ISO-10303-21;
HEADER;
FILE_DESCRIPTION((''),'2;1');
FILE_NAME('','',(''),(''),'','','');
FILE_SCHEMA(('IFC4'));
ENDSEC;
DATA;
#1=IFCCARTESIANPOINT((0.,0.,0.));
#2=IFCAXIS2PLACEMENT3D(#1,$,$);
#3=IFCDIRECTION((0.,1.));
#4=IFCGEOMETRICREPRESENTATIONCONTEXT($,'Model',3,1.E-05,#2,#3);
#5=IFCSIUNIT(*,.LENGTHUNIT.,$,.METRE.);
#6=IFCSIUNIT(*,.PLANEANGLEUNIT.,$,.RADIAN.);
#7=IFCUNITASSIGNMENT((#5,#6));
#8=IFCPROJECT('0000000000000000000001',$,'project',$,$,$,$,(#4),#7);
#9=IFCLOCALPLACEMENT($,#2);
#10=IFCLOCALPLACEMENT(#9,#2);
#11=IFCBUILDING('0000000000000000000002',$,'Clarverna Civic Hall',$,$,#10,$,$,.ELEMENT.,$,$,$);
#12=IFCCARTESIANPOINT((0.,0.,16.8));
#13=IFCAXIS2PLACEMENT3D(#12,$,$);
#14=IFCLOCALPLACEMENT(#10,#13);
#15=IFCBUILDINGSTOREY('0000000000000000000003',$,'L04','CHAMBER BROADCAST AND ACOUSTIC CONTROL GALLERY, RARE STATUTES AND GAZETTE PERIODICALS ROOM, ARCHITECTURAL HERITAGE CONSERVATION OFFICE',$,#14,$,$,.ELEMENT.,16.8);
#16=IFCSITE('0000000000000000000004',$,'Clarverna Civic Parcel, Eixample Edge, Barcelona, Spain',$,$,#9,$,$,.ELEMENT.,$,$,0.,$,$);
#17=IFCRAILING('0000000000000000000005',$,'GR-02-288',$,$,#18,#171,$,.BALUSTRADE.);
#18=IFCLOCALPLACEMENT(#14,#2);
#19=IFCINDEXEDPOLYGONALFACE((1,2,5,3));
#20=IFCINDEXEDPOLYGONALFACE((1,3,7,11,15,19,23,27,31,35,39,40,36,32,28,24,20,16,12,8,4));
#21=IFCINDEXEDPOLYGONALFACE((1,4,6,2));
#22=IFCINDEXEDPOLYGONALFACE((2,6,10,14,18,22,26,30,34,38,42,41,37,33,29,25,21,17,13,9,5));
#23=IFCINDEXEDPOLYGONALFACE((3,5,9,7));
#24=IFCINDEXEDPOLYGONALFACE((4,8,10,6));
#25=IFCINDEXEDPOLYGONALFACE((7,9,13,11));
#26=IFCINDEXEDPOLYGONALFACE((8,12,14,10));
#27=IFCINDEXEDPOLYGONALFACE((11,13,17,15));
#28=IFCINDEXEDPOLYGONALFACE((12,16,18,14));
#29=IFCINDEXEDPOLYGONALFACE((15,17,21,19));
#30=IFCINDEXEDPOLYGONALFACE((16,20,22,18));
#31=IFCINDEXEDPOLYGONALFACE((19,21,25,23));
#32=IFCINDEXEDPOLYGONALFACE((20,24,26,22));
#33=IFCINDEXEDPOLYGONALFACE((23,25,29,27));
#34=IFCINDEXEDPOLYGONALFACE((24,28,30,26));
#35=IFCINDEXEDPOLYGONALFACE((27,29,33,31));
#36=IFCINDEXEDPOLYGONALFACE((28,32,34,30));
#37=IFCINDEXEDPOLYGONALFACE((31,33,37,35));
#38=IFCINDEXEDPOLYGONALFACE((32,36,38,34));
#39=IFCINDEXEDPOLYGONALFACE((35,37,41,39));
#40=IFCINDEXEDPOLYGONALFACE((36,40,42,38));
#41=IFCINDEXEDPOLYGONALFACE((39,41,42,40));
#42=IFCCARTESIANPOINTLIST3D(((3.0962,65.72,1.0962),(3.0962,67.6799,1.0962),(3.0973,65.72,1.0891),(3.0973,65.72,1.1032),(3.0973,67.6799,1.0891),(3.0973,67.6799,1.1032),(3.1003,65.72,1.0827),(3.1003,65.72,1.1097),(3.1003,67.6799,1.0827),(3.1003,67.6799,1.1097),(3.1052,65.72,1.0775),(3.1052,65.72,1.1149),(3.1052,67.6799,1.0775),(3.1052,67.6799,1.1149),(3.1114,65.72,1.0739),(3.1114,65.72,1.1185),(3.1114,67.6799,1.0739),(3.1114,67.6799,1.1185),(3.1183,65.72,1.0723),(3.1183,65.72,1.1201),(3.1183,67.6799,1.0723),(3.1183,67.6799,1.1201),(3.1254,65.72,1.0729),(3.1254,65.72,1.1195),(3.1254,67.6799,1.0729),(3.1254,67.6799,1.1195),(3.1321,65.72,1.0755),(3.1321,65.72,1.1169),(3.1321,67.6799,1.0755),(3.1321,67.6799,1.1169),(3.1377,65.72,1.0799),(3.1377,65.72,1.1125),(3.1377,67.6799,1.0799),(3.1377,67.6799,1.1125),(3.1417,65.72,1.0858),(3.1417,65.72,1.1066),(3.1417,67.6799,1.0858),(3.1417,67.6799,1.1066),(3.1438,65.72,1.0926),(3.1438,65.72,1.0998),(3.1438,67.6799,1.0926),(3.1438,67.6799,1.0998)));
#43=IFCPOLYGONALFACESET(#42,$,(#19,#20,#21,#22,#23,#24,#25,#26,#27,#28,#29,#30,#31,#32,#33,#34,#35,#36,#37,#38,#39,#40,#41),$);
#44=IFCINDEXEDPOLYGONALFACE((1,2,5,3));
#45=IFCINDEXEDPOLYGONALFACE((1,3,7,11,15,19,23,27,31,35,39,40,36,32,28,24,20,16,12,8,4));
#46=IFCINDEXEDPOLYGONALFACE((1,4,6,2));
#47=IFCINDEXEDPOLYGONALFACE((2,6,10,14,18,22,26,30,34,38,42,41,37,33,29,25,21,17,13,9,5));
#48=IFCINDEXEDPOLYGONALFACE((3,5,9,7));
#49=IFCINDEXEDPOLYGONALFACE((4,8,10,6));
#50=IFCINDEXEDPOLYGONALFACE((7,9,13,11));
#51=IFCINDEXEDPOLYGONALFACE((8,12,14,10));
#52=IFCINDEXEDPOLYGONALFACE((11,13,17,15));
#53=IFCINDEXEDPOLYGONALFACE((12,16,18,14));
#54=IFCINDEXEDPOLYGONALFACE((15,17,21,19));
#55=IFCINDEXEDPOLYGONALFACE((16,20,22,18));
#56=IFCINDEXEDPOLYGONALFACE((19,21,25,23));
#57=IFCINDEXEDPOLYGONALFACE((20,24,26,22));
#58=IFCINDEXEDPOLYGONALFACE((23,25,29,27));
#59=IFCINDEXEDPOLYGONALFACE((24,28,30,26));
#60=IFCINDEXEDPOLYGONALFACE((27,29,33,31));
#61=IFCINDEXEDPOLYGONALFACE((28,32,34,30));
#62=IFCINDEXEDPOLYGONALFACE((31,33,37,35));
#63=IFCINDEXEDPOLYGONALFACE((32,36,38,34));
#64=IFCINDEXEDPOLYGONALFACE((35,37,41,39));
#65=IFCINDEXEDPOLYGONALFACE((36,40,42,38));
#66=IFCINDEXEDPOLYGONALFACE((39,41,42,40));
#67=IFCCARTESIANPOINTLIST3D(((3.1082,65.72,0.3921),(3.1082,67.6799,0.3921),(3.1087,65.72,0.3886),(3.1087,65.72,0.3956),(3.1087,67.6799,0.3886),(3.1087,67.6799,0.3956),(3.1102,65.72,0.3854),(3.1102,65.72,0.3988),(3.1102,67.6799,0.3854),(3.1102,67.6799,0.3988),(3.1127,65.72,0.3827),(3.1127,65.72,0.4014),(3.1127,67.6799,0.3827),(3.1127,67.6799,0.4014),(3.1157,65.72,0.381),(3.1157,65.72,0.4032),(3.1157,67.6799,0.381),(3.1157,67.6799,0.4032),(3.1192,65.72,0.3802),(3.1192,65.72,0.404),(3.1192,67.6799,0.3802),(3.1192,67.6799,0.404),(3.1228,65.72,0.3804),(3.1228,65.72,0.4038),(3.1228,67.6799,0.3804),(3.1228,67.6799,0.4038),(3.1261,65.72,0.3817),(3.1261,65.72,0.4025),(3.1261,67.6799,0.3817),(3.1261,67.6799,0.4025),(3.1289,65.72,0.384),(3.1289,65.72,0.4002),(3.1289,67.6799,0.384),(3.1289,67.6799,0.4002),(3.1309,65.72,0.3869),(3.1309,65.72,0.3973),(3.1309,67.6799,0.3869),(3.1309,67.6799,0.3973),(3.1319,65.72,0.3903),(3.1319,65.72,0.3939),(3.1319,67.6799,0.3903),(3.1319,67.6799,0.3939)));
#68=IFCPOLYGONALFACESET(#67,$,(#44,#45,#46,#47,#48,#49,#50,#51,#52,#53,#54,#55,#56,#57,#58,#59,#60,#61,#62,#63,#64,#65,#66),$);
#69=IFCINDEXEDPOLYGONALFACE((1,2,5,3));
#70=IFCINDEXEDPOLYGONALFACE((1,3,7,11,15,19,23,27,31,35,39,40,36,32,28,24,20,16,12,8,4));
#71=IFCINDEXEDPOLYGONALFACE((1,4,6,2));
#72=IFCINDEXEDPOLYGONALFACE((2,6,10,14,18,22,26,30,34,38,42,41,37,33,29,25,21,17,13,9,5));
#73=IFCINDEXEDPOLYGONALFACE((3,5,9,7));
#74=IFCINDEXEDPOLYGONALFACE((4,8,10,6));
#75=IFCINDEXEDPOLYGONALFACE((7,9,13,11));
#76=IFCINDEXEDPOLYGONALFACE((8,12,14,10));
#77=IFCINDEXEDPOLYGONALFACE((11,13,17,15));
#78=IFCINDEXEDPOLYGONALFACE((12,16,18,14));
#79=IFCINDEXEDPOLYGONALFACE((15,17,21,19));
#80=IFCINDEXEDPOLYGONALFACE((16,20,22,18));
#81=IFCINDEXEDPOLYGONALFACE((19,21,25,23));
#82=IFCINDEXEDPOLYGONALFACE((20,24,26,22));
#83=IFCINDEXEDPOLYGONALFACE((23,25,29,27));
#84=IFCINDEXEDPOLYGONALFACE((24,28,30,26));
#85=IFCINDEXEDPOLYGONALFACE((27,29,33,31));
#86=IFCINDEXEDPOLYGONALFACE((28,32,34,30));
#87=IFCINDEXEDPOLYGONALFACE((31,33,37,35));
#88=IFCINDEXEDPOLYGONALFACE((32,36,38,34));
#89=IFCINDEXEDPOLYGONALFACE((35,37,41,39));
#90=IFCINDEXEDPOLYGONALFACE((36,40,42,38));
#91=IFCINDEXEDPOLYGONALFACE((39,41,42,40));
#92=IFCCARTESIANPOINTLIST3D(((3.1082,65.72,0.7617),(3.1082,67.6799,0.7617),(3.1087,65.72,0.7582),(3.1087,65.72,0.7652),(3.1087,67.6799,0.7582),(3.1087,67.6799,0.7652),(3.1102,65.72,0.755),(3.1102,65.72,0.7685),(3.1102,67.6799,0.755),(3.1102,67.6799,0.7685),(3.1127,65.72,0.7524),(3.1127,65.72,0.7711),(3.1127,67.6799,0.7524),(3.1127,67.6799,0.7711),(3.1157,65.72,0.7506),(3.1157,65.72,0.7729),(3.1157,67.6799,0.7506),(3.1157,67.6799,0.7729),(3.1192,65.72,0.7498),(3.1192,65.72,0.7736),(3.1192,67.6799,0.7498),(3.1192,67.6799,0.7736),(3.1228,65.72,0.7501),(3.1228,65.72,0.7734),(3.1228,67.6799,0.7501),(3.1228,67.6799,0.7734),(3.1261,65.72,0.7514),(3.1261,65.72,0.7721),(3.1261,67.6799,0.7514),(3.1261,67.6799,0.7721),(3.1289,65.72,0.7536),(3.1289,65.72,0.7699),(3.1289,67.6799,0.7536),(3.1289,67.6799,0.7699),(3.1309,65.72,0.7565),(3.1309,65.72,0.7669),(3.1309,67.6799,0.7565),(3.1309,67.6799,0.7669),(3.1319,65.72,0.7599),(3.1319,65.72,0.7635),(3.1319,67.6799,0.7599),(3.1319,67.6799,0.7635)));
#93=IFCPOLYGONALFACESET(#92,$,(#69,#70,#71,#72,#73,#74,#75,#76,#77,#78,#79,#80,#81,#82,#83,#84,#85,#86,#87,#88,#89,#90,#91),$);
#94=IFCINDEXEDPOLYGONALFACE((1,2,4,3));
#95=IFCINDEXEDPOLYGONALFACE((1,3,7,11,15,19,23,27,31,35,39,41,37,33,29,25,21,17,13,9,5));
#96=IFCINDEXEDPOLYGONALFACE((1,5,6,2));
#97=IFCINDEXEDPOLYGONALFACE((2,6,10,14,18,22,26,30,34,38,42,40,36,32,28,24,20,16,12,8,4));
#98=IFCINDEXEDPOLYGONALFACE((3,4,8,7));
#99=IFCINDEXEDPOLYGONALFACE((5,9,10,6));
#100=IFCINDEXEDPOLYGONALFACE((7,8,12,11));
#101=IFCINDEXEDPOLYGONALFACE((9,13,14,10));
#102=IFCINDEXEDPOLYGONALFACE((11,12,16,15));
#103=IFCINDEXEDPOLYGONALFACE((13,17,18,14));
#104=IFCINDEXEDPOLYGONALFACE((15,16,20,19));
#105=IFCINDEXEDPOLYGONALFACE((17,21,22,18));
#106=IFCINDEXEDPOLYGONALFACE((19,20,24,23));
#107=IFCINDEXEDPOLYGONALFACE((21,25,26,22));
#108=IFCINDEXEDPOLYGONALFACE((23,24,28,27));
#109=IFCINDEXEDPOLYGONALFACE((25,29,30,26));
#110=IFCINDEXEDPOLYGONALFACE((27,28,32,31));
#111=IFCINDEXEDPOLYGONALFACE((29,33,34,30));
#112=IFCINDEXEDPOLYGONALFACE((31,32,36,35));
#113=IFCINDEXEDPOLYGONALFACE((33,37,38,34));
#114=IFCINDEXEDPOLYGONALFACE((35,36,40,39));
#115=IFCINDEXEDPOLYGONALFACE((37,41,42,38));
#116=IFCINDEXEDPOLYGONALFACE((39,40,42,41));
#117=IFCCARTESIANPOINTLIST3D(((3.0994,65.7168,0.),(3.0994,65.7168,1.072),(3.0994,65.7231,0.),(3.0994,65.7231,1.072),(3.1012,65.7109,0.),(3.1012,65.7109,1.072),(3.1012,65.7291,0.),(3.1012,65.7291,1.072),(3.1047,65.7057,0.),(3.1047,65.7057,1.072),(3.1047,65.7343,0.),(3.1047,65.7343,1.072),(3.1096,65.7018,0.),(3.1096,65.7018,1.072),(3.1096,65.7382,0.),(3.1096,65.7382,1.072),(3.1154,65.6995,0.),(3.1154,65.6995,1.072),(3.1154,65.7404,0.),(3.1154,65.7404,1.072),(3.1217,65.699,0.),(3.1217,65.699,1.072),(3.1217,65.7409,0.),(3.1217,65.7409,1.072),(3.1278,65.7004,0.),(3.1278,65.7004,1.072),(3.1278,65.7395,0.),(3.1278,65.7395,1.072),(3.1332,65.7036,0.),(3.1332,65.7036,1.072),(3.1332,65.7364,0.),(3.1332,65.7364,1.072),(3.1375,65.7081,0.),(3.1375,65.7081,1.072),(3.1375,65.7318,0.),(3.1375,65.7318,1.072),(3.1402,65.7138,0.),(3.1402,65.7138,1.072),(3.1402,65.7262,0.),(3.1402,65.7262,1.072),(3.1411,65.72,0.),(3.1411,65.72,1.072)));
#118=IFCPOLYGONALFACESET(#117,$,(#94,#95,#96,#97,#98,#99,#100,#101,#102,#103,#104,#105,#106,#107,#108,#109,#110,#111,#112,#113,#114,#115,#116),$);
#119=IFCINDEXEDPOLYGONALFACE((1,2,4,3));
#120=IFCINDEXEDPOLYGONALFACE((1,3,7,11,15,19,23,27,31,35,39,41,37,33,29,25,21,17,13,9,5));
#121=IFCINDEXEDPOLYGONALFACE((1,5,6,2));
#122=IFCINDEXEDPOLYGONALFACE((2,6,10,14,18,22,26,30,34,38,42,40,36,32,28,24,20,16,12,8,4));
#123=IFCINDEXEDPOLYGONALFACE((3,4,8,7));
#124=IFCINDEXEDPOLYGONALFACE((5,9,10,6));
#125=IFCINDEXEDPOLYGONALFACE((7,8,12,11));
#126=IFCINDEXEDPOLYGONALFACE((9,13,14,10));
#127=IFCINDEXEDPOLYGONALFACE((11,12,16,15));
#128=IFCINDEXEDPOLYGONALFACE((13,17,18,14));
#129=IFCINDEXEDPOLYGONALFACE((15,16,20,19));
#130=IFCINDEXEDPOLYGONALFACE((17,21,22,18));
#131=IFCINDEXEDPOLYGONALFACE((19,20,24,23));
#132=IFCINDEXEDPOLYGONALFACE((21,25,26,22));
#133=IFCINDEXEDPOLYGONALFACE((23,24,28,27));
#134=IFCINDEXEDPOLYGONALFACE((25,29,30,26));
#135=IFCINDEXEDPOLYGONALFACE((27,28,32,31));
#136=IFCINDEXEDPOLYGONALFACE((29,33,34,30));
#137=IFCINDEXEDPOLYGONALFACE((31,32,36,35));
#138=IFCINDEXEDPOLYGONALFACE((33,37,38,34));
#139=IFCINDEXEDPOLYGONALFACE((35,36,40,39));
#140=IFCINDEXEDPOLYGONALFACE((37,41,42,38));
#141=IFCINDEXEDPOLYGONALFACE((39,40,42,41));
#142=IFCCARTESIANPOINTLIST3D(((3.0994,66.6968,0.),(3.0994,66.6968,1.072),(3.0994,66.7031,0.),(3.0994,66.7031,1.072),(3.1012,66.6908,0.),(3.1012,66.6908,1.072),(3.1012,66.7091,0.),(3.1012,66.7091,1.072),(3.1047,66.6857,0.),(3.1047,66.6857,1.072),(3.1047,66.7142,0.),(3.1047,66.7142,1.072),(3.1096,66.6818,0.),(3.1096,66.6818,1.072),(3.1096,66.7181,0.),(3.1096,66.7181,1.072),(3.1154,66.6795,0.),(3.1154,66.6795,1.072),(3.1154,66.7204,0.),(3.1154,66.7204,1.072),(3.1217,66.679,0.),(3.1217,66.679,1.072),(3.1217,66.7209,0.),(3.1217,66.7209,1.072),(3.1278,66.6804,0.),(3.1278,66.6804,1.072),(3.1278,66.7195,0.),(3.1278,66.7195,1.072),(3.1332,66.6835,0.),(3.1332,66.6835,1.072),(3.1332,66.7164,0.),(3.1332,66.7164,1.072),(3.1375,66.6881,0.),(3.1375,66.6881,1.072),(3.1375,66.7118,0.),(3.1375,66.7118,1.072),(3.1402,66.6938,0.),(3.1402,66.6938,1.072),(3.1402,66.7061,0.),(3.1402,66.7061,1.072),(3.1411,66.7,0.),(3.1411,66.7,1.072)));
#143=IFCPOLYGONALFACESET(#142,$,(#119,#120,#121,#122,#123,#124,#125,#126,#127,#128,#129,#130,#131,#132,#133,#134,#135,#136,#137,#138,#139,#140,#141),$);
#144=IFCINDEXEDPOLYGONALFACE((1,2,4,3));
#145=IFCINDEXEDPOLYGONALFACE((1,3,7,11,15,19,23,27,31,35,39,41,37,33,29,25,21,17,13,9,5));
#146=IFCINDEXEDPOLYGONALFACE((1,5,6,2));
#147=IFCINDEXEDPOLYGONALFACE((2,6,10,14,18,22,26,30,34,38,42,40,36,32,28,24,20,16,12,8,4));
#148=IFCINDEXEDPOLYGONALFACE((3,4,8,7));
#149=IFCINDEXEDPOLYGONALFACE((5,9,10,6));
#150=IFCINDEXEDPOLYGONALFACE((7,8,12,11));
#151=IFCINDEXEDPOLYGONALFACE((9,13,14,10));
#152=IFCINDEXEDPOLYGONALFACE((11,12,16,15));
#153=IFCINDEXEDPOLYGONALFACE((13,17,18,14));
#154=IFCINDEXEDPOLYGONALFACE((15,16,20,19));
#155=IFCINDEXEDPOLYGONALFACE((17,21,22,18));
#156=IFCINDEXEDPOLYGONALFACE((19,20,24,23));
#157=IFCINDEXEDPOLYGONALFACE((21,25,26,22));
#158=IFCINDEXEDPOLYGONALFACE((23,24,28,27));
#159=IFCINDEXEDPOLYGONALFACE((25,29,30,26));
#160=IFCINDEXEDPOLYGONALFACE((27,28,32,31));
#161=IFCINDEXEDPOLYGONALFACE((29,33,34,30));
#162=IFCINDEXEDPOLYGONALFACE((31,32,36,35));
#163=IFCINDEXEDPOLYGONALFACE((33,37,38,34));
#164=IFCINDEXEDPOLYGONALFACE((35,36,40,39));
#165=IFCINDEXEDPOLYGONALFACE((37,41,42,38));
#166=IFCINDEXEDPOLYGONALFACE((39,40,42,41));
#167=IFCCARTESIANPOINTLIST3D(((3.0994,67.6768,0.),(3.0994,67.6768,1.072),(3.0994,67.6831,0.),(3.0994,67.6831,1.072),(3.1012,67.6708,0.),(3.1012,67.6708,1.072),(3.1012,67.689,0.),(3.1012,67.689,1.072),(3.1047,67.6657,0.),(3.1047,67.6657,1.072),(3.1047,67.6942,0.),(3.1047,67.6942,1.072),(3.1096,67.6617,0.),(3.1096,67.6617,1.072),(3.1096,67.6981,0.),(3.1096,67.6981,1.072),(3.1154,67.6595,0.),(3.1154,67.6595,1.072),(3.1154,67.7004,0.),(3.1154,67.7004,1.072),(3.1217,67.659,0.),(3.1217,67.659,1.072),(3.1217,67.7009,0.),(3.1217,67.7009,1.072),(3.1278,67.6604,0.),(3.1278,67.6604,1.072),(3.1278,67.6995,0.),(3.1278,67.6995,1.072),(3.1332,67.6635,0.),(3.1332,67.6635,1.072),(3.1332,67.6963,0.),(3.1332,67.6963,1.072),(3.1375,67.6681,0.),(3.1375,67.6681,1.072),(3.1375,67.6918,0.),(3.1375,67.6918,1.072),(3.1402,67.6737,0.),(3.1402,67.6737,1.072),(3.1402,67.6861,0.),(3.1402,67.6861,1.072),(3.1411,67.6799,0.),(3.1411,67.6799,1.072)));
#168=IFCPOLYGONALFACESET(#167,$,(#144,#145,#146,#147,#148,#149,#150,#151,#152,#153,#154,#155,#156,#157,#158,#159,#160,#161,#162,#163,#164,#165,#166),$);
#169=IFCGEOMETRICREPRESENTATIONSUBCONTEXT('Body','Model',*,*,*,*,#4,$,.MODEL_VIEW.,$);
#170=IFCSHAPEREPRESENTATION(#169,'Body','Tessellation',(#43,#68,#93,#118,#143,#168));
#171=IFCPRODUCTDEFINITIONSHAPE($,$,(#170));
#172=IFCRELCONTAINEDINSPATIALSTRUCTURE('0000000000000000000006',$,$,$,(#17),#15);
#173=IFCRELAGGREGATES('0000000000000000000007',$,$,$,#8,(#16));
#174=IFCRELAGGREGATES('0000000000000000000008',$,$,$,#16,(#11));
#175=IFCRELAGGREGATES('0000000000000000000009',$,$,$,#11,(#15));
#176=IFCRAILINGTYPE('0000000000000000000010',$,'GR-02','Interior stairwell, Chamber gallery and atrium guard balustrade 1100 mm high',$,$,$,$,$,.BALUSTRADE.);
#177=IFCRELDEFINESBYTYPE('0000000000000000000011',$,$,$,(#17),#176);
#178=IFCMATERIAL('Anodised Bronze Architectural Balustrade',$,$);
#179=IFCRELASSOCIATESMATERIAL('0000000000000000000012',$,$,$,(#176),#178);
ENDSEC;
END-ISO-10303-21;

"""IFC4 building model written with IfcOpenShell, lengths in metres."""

from ifc_helpers import new_model, si_unit, direction, frame, origin, origin_2d, place, context, subcontext, project, spatial, circle, extrude, material, type_object, element, save


model = new_model("IFC4")

# Units and contexts
model_context = context("Model", 3, precision=1e-05, world=origin(), true_north=direction((0.0, 1.0)))
body_context = subcontext(model_context, "Body", "Model", "MODEL_VIEW")
ifc_project = project(units=[si_unit("LENGTHUNIT", "METRE"), si_unit("PLANEANGLEUNIT", "RADIAN")], contexts=[model_context])

# Site, building, storey
site_placement = place(None, origin())
site = spatial("IfcSite", under=ifc_project, at=site_placement, Name="Clarverna Civic Parcel, Eixample Edge, Barcelona, Spain", CompositionType="ELEMENT", RefElevation=0.0)
building_placement = place(site_placement, origin())
building = spatial("IfcBuilding", under=site, at=building_placement, Name="Clarverna Civic Hall", CompositionType="ELEMENT")
storey_placement = place(building_placement, frame((0.0, 0.0, 16.8)))
storey = spatial("IfcBuildingStorey", under=building, at=storey_placement, Name="L04", Description="CHAMBER BROADCAST AND ACOUSTIC CONTROL GALLERY, RARE STATUTES AND GAZETTE PERIODICALS ROOM, ARCHITECTURAL HERITAGE CONSERVATION OFFICE", CompositionType="ELEMENT", Elevation=16.8)

# Railing
ifc_material_1 = material(Name="Anodised Bronze Architectural Balustrade")
railing_type = type_object("IfcRailingType", Name="GR-02", Description="Interior stairwell, Chamber gallery and atrium guard balustrade 1100 mm high", PredefinedType="BALUSTRADE", material=ifc_material_1)
railing_placement = place(storey_placement, frame((3.1201, 65.72, 0.0)))
element("IfcRailing", 1, at=railing_placement, inside=storey, type_object=railing_type, Name="GR-02-288", PredefinedType="BALUSTRADE", context=body_context, shape_type="SweptSolid", body=[
    extrude(circle(Radius=0.0239, at=origin_2d()), frame((0.0, 0.0, 1.0962), z_axis=(0.0, 1.0, 0.0), x_axis=(-1.0, 0.0, 0.0)), (0.0, 0.0, 1.0), 1.96),
    extrude(circle(Radius=0.012, at=origin_2d()), frame((0.0, 0.0, 0.3921), z_axis=(0.0, 1.0, 0.0), x_axis=(-1.0, 0.0, 0.0)), (0.0, 0.0, 1.0), 1.96),
    extrude(circle(Radius=0.012, at=origin_2d()), frame((0.0, 0.0, 0.7617), z_axis=(0.0, 1.0, 0.0), x_axis=(-1.0, 0.0, 0.0)), (0.0, 0.0, 1.0), 1.96),
    extrude(circle(Radius=0.021, at=origin_2d()), origin(), (0.0, 0.0, 1.0), 1.072),
    extrude(circle(Radius=0.021, at=origin_2d()), frame((0.0, 0.98, 0.0)), (0.0, 0.0, 1.0), 1.072),
    extrude(circle(Radius=0.021, at=origin_2d()), frame((0.0, 1.96, 0.0)), (0.0, 0.0, 1.0), 1.072),
])

save(model, "model.ifc")
